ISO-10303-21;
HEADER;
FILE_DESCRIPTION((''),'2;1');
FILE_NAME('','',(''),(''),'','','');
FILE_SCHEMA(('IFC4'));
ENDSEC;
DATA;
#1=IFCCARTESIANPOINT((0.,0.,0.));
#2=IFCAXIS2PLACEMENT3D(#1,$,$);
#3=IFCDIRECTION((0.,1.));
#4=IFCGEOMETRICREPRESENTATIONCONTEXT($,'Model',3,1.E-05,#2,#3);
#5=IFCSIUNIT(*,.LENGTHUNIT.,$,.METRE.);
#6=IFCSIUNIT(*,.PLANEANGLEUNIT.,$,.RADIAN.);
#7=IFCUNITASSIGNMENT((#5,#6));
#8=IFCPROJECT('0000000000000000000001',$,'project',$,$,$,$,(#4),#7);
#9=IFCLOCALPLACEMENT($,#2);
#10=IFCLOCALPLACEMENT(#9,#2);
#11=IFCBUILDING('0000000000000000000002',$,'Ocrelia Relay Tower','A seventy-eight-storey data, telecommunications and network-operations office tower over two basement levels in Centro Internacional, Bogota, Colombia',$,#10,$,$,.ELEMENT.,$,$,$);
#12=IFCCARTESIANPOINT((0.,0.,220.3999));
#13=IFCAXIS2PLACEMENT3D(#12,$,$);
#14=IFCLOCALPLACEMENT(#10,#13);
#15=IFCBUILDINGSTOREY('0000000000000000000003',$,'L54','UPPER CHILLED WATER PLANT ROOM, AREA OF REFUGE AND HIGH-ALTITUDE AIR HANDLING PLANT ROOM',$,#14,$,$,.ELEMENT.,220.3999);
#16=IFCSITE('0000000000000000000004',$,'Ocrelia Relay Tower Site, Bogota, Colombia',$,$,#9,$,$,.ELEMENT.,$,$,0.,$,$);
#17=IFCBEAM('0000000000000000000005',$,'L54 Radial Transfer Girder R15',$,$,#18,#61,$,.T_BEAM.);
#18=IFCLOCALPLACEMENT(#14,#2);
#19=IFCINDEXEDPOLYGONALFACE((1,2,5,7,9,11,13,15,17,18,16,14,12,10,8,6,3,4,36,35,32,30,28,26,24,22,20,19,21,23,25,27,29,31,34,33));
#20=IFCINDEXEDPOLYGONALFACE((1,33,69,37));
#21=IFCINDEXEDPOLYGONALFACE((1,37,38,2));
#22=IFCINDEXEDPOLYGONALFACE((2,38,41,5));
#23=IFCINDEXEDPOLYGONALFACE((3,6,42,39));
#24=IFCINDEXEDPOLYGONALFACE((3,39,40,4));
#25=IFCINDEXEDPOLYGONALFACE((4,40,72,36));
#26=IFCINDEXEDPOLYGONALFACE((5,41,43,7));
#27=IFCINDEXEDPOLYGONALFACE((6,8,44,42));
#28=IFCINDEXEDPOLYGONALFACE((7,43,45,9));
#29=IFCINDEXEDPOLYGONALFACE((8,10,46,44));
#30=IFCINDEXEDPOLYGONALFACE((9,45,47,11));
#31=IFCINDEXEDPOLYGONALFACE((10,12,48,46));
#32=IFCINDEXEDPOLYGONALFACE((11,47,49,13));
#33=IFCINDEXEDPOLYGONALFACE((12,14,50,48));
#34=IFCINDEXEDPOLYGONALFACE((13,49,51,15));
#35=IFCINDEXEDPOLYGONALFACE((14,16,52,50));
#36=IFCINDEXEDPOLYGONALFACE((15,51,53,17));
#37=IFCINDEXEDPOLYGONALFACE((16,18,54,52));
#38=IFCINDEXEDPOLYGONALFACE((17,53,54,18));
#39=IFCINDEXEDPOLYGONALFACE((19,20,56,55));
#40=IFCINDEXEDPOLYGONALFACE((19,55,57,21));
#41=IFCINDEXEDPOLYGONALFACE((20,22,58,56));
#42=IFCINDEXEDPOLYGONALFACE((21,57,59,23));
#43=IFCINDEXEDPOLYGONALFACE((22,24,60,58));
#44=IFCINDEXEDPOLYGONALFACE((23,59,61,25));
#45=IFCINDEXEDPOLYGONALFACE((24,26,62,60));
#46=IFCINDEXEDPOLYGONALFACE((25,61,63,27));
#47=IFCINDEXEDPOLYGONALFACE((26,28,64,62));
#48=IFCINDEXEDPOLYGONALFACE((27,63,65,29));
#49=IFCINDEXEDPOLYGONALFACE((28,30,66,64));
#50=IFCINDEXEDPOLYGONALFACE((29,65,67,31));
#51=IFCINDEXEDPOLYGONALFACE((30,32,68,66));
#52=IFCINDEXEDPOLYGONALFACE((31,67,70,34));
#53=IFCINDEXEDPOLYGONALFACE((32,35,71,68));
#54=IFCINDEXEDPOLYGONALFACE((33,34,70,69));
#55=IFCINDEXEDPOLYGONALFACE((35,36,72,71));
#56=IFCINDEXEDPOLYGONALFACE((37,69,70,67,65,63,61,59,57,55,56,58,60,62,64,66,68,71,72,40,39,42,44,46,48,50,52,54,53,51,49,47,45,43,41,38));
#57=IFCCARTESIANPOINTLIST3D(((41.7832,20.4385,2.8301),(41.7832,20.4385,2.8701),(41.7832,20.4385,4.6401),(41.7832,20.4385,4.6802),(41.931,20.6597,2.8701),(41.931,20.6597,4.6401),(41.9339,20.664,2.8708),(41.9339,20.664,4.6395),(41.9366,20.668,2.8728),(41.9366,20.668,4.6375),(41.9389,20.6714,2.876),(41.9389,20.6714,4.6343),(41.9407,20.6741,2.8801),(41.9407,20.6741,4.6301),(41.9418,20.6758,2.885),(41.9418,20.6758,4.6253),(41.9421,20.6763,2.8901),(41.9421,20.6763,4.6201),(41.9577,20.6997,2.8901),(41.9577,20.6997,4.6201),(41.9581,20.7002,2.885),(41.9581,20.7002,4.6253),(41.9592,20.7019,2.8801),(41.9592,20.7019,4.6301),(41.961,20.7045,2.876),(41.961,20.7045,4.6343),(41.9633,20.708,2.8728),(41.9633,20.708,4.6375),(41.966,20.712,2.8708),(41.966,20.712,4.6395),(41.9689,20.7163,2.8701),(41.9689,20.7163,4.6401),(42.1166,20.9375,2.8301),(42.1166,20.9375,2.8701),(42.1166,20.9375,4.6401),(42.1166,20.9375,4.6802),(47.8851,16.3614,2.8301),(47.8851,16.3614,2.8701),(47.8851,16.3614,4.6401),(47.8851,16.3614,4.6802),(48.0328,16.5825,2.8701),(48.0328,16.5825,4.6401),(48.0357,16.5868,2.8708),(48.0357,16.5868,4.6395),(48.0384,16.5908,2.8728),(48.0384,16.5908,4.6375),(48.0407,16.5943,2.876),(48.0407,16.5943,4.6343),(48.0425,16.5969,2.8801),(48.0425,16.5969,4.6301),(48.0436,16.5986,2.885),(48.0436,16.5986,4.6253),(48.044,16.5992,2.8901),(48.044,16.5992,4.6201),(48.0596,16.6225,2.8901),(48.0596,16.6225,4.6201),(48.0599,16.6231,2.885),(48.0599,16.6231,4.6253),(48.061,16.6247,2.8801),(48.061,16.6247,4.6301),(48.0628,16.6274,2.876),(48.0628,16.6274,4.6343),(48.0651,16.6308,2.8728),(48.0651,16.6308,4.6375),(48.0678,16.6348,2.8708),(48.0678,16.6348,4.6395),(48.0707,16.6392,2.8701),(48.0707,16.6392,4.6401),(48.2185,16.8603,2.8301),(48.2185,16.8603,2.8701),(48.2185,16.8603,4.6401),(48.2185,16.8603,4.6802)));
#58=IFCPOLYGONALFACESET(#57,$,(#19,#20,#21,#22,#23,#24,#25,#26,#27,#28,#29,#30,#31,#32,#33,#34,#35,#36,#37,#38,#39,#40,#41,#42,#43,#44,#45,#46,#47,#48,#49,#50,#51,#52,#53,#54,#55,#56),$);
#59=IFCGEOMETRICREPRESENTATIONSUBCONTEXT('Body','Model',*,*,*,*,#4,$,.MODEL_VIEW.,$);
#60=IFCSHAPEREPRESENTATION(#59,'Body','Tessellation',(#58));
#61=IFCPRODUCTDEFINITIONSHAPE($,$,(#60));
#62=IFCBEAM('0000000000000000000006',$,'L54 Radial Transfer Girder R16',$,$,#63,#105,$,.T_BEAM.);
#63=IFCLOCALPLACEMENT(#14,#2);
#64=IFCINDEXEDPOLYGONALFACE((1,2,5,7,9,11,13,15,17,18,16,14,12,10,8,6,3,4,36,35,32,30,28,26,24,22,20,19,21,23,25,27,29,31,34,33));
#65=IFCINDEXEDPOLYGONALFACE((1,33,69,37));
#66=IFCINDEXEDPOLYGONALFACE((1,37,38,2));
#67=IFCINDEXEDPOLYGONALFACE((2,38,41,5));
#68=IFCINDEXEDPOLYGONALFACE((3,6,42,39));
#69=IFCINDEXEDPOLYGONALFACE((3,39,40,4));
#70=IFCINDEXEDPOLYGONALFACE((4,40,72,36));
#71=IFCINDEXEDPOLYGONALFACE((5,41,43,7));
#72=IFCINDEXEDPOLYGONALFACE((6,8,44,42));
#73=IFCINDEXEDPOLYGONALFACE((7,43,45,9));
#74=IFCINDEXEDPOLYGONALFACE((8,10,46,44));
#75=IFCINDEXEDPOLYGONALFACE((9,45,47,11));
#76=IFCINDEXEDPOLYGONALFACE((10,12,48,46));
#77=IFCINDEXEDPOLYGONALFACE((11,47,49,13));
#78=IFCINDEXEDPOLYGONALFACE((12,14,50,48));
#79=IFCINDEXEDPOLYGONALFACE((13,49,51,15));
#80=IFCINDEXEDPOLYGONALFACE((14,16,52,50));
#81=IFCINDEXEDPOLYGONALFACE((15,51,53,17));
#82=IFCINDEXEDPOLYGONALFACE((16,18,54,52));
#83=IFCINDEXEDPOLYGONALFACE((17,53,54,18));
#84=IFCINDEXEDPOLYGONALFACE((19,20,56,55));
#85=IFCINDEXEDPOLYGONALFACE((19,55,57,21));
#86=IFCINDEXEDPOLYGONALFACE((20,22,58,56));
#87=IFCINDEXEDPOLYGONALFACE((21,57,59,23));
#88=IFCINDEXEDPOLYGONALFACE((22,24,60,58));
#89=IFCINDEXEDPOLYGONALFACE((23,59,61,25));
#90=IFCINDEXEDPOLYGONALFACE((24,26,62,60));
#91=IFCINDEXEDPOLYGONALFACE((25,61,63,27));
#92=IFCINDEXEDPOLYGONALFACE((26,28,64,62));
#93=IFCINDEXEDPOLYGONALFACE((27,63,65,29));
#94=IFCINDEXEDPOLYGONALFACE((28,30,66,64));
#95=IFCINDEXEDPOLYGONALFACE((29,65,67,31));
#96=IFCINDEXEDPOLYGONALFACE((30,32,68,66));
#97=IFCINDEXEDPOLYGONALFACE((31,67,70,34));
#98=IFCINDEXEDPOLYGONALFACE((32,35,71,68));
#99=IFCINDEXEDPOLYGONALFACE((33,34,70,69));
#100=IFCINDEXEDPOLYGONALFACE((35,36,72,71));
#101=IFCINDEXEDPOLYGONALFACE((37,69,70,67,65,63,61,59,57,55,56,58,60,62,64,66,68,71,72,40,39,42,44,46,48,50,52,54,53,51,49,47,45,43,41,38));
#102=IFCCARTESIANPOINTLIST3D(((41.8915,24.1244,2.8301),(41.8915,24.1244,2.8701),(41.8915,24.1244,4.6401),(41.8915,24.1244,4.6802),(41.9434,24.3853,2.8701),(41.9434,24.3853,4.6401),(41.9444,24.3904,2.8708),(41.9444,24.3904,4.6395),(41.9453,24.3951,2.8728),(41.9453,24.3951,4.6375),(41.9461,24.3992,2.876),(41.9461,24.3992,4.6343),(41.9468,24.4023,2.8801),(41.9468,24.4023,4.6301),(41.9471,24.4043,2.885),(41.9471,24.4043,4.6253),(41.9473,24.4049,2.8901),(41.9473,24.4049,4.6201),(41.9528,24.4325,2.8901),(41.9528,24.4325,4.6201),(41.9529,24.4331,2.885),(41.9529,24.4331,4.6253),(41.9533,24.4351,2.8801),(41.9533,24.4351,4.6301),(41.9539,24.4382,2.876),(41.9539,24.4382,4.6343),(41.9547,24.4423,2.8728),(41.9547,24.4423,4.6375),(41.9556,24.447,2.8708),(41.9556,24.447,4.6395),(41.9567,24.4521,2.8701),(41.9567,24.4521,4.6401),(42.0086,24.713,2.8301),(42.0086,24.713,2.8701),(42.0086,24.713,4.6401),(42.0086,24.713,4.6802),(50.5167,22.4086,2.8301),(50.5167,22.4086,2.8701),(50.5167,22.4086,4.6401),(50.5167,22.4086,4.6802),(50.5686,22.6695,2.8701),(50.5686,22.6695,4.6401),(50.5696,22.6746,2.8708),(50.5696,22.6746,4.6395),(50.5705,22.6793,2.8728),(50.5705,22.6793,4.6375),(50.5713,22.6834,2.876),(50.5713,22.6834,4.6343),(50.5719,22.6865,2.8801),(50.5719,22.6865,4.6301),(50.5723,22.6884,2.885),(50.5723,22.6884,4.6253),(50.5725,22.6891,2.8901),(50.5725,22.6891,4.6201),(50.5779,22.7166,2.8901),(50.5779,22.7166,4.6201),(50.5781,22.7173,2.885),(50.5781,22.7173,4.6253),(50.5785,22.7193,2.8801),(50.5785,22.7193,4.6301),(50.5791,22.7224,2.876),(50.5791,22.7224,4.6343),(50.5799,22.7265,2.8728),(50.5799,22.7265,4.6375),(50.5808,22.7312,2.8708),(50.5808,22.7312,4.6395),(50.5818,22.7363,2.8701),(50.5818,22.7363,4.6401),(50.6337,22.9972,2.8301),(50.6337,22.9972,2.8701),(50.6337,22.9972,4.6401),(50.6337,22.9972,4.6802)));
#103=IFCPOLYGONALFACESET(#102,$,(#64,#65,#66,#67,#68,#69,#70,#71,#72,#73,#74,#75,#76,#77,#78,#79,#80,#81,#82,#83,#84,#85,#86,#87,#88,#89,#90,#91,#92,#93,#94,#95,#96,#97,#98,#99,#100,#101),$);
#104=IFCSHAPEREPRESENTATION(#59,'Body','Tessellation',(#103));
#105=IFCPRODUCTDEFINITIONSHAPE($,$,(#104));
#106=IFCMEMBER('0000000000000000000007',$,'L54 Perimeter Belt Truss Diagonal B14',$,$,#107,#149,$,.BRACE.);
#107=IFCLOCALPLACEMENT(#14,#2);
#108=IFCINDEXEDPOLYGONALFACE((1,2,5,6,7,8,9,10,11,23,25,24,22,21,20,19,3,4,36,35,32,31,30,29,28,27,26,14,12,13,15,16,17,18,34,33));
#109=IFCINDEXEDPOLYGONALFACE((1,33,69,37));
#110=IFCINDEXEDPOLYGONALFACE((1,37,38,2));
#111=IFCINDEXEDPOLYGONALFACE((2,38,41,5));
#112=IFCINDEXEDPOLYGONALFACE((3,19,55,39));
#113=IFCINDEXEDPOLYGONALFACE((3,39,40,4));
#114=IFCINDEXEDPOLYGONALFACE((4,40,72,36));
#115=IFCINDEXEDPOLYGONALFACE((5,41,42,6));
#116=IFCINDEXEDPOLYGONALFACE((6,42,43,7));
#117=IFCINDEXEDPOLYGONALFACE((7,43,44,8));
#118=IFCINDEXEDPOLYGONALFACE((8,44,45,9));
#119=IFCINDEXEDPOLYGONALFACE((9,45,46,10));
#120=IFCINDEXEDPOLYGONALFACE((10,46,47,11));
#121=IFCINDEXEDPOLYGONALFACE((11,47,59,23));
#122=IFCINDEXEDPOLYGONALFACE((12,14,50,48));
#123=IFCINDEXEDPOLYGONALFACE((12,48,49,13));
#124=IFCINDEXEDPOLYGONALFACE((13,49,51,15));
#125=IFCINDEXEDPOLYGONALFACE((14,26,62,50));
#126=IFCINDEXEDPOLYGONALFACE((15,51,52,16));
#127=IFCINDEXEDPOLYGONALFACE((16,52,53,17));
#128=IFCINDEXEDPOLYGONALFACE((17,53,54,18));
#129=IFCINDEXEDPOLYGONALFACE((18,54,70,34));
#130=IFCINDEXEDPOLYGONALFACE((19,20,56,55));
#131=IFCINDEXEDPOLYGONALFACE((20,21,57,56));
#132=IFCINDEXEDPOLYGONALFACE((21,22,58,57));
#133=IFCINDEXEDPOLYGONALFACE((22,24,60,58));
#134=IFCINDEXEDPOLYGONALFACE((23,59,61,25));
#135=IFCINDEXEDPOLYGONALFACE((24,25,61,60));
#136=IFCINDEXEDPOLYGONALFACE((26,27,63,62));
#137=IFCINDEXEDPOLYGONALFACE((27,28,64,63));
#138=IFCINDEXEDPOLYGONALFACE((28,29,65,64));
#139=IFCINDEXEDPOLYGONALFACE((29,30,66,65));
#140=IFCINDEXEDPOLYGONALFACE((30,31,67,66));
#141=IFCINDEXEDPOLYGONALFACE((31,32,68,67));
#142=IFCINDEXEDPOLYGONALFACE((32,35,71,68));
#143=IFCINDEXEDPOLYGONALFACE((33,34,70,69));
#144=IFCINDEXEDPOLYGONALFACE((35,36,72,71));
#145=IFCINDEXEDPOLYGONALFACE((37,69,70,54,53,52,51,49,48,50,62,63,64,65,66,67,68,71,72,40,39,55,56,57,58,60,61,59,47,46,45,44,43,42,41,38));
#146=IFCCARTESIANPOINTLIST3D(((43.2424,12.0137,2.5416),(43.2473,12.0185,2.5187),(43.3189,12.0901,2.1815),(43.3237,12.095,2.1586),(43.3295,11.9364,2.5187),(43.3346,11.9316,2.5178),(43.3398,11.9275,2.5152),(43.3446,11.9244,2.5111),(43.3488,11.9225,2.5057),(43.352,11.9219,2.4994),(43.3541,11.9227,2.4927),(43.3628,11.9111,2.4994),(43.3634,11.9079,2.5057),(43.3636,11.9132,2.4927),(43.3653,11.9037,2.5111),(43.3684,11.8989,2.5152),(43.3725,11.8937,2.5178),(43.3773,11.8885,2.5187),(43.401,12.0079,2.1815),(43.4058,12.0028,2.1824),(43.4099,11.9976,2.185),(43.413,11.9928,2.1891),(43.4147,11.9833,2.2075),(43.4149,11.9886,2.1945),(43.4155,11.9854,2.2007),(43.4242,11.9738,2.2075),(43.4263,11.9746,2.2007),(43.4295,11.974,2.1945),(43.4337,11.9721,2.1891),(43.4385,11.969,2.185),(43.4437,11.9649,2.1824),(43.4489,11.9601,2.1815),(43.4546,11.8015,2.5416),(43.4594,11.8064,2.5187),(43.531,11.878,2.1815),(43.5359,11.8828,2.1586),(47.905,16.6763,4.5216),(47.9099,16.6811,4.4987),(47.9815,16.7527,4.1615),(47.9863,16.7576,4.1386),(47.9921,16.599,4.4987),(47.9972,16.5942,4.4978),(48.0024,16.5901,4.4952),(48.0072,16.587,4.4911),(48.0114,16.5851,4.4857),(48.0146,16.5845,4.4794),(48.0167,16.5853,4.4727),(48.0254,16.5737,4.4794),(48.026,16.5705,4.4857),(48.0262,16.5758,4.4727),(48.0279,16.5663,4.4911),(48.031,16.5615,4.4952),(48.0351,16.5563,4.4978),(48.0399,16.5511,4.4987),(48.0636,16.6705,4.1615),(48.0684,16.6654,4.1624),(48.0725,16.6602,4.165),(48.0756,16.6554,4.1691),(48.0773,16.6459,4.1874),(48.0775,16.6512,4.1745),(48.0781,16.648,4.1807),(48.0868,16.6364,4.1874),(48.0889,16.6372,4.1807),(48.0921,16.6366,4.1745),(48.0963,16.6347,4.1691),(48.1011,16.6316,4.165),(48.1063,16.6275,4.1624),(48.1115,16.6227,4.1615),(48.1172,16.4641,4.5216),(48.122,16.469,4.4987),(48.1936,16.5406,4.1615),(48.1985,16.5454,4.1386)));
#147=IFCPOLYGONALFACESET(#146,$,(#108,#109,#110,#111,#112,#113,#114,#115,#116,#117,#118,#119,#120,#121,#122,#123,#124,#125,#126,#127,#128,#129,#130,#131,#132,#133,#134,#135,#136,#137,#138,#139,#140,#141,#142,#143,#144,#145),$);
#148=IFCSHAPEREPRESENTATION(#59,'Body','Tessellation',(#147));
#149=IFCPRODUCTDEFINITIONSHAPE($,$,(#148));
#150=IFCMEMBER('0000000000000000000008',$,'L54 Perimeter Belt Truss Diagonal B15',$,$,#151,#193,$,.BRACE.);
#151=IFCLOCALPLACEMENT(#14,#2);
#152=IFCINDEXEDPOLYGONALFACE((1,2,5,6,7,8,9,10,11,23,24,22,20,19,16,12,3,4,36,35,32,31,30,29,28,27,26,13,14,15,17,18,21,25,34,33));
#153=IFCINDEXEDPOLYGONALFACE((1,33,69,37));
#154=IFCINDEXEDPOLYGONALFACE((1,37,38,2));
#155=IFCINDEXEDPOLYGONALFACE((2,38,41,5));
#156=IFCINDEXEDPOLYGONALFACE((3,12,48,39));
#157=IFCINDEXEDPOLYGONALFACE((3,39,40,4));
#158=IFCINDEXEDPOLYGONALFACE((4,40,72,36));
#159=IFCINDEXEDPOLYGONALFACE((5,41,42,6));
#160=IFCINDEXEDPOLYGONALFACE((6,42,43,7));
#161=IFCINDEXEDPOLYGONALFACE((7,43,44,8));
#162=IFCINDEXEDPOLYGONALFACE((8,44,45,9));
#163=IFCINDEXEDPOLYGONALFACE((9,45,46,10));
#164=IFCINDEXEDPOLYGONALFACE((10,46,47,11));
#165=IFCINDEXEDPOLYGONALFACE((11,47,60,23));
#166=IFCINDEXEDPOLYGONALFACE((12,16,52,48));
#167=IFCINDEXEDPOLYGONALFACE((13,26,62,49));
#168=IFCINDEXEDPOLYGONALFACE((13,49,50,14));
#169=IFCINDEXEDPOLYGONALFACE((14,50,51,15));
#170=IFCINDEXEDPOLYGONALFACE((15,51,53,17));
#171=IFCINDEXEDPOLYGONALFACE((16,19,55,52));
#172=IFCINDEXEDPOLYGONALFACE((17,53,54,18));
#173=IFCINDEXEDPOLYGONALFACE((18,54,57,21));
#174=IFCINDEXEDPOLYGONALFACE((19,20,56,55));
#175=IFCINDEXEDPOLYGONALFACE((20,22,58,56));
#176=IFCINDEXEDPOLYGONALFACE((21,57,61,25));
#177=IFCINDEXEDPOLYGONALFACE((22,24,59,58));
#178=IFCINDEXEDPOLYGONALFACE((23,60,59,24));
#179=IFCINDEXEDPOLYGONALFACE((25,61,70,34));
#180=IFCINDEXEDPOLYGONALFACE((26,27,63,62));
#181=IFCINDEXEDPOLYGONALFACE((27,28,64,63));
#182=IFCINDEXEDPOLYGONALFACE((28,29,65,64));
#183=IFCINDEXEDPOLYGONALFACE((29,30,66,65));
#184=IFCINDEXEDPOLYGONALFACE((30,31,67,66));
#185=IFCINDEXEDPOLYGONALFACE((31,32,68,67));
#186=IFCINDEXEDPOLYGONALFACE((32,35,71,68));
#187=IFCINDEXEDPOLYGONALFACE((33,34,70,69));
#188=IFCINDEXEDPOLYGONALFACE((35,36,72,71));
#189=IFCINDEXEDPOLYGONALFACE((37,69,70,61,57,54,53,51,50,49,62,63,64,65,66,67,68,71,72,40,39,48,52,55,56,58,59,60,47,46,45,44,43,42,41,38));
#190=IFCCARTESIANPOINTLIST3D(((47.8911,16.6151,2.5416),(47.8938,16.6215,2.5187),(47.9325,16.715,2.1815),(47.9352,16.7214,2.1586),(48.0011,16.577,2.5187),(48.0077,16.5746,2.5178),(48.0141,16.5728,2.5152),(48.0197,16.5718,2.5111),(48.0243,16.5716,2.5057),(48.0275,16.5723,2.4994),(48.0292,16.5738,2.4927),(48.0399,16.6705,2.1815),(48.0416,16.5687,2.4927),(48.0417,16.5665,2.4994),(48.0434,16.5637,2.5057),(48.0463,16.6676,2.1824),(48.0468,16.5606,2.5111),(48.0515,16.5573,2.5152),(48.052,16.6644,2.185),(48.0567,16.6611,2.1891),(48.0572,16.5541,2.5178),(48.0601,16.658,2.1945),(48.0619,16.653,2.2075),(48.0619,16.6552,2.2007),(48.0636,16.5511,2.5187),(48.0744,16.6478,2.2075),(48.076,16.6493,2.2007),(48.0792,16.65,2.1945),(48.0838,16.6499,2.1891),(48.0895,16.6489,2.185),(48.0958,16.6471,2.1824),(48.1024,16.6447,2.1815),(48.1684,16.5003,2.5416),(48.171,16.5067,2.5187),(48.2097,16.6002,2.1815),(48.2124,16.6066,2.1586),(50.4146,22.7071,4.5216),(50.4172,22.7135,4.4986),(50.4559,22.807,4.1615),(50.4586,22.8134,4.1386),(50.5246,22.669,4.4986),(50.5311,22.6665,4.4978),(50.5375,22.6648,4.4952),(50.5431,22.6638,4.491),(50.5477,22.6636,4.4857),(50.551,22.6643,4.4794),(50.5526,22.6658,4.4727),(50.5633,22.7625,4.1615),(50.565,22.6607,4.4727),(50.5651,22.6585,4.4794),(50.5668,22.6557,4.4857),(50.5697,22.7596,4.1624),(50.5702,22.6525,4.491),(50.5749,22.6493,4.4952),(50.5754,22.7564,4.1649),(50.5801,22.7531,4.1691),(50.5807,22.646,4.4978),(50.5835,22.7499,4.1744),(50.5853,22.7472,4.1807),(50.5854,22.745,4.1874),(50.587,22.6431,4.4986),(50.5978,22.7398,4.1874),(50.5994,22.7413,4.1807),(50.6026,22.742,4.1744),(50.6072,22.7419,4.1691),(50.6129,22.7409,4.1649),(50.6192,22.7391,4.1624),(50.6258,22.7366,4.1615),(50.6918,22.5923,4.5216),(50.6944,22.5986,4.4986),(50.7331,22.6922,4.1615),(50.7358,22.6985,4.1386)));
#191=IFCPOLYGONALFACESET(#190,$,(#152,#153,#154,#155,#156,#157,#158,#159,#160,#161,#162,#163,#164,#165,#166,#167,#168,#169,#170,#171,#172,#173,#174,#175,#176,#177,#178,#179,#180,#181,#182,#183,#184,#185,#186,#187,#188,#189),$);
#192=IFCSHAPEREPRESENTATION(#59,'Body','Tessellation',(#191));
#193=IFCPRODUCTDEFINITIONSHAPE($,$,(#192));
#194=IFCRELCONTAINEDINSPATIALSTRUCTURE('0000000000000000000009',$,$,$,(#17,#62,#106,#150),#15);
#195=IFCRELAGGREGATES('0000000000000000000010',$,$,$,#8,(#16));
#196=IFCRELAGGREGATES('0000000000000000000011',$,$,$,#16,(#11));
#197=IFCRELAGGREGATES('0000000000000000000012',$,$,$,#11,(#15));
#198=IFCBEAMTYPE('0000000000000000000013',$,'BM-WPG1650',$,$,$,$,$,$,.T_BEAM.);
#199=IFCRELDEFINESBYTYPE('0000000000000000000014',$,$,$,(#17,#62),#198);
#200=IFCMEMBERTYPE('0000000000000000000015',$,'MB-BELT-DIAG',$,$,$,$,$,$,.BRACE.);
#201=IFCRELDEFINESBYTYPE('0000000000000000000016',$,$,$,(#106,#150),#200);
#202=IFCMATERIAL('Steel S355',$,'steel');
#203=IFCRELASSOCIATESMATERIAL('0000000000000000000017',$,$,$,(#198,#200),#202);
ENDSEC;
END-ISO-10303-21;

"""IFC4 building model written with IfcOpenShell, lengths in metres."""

from ifc_helpers import new_model, si_unit, direction, frame, origin, origin_2d, place, context, subcontext, project, spatial, i_section, extrude, material, material_profile, profile_set, type_object, element, save


model = new_model("IFC4")

# Units and contexts
model_context = context("Model", 3, precision=1e-05, world=origin(), true_north=direction((0.0, 1.0)))
body_context = subcontext(model_context, "Body", "Model", "MODEL_VIEW")
ifc_project = project(units=[si_unit("LENGTHUNIT", "METRE"), si_unit("PLANEANGLEUNIT", "RADIAN")], contexts=[model_context])

# Site, building, storey
site_placement = place(None, origin())
site = spatial("IfcSite", under=ifc_project, at=site_placement, Name="Ocrelia Relay Tower Site, Bogota, Colombia", CompositionType="ELEMENT", RefElevation=0.0)
building_placement = place(site_placement, origin())
building = spatial("IfcBuilding", under=site, at=building_placement, Name="Ocrelia Relay Tower", Description="A seventy-eight-storey data, telecommunications and network-operations office tower over two basement levels in Centro Internacional, Bogota, Colombia", CompositionType="ELEMENT")
storey_placement = place(building_placement, frame((0.0, 0.0, 220.3999)))
storey = spatial("IfcBuildingStorey", under=building, at=storey_placement, Name="L54", Description="UPPER CHILLED WATER PLANT ROOM, AREA OF REFUGE AND HIGH-ALTITUDE AIR HANDLING PLANT ROOM", CompositionType="ELEMENT", Elevation=220.3999)

# Beams
ifc_material_1 = material(Name="Steel S355", Category="steel")
ifc_material_profile_1 = material_profile(ifc_material_1, i_section(OverallWidth=0.6001, OverallDepth=1.8501, WebThickness=0.0281, FlangeThickness=0.04, FilletRadius=0.02, at=origin_2d()), Name="WPG 1850x600")
ifc_profile_set_1 = profile_set([ifc_material_profile_1], Name="Steel S355")
beam_type_1 = type_object("IfcBeamType", Name="BM-WPG1650", PredefinedType="T_BEAM", material=ifc_profile_set_1)
beam_1_placement = place(storey_placement, frame((48.0518, 16.6108, 3.7551), z_axis=(-0.831466, 0.555575, 0.0), x_axis=(-0.555575, -0.831466, 0.0)))
element("IfcBeam", 1, at=beam_1_placement, inside=storey, type_object=beam_type_1, Name="L54 Radial Transfer Girder R15", PredefinedType="T_BEAM", context=body_context, shape_type="SweptSolid", body=[
    extrude(i_section(OverallWidth=0.6001, OverallDepth=1.8501, WebThickness=0.0281, FlangeThickness=0.04, FilletRadius=0.02, at=origin_2d()), origin(), (0.0, 0.0, 1.0), 7.3386),
])
beam_2_placement = place(storey_placement, frame((50.5752, 22.7029, 3.7551), z_axis=(-0.980782, 0.195107, 0.0), x_axis=(-0.195107, -0.980782, 0.0)))
element("IfcBeam", 2, at=beam_2_placement, inside=storey, type_object=beam_type_1, Name="L54 Radial Transfer Girder R16", PredefinedType="T_BEAM", context=body_context, shape_type="SweptSolid", body=[
    extrude(i_section(OverallWidth=0.6001, OverallDepth=1.8501, WebThickness=0.0281, FlangeThickness=0.04, FilletRadius=0.02, at=origin_2d()), origin(), (0.0, 0.0, 1.0), 8.7942),
])

# Members
ifc_material_profile_2 = material_profile(ifc_material_1, i_section(OverallWidth=0.3, OverallDepth=0.3999, WebThickness=0.0134, FlangeThickness=0.0239, FilletRadius=0.0271, at=origin_2d()), Name="HEB 400")
ifc_profile_set_2 = profile_set([ifc_material_profile_2], Name="Steel S355")
member_type_1 = type_object("IfcMemberType", Name="MB-BELT-DIAG", PredefinedType="BRACE", material=ifc_profile_set_2)
for number, where, z_axis, x_axis, name in (
    (3, (43.3892, 11.9482, 2.3501), (0.677234, 0.677234, 0.287589), (-0.707107, 0.707107, 0.0), "L54 Perimeter Belt Truss Diagonal B14"),
    (4, (48.0518, 16.6108, 2.3501), (0.366521, 0.884849, 0.287586), (-0.923878, 0.382688, 0.0), "L54 Perimeter Belt Truss Diagonal B15"),
):
    element("IfcMember", number, at=place(storey_placement, frame(where, z_axis=z_axis, x_axis=x_axis)), inside=storey, type_object=member_type_1, Name=name, PredefinedType="BRACE", context=body_context, shape_type="SweptSolid", body=[
        extrude(i_section(OverallWidth=0.3, OverallDepth=0.3999, WebThickness=0.0134, FlangeThickness=0.0239, FilletRadius=0.0271, at=origin_2d()), origin(), (0.0, 0.0, 1.0), 6.8848),
    ])

save(model, "model.ifc")
